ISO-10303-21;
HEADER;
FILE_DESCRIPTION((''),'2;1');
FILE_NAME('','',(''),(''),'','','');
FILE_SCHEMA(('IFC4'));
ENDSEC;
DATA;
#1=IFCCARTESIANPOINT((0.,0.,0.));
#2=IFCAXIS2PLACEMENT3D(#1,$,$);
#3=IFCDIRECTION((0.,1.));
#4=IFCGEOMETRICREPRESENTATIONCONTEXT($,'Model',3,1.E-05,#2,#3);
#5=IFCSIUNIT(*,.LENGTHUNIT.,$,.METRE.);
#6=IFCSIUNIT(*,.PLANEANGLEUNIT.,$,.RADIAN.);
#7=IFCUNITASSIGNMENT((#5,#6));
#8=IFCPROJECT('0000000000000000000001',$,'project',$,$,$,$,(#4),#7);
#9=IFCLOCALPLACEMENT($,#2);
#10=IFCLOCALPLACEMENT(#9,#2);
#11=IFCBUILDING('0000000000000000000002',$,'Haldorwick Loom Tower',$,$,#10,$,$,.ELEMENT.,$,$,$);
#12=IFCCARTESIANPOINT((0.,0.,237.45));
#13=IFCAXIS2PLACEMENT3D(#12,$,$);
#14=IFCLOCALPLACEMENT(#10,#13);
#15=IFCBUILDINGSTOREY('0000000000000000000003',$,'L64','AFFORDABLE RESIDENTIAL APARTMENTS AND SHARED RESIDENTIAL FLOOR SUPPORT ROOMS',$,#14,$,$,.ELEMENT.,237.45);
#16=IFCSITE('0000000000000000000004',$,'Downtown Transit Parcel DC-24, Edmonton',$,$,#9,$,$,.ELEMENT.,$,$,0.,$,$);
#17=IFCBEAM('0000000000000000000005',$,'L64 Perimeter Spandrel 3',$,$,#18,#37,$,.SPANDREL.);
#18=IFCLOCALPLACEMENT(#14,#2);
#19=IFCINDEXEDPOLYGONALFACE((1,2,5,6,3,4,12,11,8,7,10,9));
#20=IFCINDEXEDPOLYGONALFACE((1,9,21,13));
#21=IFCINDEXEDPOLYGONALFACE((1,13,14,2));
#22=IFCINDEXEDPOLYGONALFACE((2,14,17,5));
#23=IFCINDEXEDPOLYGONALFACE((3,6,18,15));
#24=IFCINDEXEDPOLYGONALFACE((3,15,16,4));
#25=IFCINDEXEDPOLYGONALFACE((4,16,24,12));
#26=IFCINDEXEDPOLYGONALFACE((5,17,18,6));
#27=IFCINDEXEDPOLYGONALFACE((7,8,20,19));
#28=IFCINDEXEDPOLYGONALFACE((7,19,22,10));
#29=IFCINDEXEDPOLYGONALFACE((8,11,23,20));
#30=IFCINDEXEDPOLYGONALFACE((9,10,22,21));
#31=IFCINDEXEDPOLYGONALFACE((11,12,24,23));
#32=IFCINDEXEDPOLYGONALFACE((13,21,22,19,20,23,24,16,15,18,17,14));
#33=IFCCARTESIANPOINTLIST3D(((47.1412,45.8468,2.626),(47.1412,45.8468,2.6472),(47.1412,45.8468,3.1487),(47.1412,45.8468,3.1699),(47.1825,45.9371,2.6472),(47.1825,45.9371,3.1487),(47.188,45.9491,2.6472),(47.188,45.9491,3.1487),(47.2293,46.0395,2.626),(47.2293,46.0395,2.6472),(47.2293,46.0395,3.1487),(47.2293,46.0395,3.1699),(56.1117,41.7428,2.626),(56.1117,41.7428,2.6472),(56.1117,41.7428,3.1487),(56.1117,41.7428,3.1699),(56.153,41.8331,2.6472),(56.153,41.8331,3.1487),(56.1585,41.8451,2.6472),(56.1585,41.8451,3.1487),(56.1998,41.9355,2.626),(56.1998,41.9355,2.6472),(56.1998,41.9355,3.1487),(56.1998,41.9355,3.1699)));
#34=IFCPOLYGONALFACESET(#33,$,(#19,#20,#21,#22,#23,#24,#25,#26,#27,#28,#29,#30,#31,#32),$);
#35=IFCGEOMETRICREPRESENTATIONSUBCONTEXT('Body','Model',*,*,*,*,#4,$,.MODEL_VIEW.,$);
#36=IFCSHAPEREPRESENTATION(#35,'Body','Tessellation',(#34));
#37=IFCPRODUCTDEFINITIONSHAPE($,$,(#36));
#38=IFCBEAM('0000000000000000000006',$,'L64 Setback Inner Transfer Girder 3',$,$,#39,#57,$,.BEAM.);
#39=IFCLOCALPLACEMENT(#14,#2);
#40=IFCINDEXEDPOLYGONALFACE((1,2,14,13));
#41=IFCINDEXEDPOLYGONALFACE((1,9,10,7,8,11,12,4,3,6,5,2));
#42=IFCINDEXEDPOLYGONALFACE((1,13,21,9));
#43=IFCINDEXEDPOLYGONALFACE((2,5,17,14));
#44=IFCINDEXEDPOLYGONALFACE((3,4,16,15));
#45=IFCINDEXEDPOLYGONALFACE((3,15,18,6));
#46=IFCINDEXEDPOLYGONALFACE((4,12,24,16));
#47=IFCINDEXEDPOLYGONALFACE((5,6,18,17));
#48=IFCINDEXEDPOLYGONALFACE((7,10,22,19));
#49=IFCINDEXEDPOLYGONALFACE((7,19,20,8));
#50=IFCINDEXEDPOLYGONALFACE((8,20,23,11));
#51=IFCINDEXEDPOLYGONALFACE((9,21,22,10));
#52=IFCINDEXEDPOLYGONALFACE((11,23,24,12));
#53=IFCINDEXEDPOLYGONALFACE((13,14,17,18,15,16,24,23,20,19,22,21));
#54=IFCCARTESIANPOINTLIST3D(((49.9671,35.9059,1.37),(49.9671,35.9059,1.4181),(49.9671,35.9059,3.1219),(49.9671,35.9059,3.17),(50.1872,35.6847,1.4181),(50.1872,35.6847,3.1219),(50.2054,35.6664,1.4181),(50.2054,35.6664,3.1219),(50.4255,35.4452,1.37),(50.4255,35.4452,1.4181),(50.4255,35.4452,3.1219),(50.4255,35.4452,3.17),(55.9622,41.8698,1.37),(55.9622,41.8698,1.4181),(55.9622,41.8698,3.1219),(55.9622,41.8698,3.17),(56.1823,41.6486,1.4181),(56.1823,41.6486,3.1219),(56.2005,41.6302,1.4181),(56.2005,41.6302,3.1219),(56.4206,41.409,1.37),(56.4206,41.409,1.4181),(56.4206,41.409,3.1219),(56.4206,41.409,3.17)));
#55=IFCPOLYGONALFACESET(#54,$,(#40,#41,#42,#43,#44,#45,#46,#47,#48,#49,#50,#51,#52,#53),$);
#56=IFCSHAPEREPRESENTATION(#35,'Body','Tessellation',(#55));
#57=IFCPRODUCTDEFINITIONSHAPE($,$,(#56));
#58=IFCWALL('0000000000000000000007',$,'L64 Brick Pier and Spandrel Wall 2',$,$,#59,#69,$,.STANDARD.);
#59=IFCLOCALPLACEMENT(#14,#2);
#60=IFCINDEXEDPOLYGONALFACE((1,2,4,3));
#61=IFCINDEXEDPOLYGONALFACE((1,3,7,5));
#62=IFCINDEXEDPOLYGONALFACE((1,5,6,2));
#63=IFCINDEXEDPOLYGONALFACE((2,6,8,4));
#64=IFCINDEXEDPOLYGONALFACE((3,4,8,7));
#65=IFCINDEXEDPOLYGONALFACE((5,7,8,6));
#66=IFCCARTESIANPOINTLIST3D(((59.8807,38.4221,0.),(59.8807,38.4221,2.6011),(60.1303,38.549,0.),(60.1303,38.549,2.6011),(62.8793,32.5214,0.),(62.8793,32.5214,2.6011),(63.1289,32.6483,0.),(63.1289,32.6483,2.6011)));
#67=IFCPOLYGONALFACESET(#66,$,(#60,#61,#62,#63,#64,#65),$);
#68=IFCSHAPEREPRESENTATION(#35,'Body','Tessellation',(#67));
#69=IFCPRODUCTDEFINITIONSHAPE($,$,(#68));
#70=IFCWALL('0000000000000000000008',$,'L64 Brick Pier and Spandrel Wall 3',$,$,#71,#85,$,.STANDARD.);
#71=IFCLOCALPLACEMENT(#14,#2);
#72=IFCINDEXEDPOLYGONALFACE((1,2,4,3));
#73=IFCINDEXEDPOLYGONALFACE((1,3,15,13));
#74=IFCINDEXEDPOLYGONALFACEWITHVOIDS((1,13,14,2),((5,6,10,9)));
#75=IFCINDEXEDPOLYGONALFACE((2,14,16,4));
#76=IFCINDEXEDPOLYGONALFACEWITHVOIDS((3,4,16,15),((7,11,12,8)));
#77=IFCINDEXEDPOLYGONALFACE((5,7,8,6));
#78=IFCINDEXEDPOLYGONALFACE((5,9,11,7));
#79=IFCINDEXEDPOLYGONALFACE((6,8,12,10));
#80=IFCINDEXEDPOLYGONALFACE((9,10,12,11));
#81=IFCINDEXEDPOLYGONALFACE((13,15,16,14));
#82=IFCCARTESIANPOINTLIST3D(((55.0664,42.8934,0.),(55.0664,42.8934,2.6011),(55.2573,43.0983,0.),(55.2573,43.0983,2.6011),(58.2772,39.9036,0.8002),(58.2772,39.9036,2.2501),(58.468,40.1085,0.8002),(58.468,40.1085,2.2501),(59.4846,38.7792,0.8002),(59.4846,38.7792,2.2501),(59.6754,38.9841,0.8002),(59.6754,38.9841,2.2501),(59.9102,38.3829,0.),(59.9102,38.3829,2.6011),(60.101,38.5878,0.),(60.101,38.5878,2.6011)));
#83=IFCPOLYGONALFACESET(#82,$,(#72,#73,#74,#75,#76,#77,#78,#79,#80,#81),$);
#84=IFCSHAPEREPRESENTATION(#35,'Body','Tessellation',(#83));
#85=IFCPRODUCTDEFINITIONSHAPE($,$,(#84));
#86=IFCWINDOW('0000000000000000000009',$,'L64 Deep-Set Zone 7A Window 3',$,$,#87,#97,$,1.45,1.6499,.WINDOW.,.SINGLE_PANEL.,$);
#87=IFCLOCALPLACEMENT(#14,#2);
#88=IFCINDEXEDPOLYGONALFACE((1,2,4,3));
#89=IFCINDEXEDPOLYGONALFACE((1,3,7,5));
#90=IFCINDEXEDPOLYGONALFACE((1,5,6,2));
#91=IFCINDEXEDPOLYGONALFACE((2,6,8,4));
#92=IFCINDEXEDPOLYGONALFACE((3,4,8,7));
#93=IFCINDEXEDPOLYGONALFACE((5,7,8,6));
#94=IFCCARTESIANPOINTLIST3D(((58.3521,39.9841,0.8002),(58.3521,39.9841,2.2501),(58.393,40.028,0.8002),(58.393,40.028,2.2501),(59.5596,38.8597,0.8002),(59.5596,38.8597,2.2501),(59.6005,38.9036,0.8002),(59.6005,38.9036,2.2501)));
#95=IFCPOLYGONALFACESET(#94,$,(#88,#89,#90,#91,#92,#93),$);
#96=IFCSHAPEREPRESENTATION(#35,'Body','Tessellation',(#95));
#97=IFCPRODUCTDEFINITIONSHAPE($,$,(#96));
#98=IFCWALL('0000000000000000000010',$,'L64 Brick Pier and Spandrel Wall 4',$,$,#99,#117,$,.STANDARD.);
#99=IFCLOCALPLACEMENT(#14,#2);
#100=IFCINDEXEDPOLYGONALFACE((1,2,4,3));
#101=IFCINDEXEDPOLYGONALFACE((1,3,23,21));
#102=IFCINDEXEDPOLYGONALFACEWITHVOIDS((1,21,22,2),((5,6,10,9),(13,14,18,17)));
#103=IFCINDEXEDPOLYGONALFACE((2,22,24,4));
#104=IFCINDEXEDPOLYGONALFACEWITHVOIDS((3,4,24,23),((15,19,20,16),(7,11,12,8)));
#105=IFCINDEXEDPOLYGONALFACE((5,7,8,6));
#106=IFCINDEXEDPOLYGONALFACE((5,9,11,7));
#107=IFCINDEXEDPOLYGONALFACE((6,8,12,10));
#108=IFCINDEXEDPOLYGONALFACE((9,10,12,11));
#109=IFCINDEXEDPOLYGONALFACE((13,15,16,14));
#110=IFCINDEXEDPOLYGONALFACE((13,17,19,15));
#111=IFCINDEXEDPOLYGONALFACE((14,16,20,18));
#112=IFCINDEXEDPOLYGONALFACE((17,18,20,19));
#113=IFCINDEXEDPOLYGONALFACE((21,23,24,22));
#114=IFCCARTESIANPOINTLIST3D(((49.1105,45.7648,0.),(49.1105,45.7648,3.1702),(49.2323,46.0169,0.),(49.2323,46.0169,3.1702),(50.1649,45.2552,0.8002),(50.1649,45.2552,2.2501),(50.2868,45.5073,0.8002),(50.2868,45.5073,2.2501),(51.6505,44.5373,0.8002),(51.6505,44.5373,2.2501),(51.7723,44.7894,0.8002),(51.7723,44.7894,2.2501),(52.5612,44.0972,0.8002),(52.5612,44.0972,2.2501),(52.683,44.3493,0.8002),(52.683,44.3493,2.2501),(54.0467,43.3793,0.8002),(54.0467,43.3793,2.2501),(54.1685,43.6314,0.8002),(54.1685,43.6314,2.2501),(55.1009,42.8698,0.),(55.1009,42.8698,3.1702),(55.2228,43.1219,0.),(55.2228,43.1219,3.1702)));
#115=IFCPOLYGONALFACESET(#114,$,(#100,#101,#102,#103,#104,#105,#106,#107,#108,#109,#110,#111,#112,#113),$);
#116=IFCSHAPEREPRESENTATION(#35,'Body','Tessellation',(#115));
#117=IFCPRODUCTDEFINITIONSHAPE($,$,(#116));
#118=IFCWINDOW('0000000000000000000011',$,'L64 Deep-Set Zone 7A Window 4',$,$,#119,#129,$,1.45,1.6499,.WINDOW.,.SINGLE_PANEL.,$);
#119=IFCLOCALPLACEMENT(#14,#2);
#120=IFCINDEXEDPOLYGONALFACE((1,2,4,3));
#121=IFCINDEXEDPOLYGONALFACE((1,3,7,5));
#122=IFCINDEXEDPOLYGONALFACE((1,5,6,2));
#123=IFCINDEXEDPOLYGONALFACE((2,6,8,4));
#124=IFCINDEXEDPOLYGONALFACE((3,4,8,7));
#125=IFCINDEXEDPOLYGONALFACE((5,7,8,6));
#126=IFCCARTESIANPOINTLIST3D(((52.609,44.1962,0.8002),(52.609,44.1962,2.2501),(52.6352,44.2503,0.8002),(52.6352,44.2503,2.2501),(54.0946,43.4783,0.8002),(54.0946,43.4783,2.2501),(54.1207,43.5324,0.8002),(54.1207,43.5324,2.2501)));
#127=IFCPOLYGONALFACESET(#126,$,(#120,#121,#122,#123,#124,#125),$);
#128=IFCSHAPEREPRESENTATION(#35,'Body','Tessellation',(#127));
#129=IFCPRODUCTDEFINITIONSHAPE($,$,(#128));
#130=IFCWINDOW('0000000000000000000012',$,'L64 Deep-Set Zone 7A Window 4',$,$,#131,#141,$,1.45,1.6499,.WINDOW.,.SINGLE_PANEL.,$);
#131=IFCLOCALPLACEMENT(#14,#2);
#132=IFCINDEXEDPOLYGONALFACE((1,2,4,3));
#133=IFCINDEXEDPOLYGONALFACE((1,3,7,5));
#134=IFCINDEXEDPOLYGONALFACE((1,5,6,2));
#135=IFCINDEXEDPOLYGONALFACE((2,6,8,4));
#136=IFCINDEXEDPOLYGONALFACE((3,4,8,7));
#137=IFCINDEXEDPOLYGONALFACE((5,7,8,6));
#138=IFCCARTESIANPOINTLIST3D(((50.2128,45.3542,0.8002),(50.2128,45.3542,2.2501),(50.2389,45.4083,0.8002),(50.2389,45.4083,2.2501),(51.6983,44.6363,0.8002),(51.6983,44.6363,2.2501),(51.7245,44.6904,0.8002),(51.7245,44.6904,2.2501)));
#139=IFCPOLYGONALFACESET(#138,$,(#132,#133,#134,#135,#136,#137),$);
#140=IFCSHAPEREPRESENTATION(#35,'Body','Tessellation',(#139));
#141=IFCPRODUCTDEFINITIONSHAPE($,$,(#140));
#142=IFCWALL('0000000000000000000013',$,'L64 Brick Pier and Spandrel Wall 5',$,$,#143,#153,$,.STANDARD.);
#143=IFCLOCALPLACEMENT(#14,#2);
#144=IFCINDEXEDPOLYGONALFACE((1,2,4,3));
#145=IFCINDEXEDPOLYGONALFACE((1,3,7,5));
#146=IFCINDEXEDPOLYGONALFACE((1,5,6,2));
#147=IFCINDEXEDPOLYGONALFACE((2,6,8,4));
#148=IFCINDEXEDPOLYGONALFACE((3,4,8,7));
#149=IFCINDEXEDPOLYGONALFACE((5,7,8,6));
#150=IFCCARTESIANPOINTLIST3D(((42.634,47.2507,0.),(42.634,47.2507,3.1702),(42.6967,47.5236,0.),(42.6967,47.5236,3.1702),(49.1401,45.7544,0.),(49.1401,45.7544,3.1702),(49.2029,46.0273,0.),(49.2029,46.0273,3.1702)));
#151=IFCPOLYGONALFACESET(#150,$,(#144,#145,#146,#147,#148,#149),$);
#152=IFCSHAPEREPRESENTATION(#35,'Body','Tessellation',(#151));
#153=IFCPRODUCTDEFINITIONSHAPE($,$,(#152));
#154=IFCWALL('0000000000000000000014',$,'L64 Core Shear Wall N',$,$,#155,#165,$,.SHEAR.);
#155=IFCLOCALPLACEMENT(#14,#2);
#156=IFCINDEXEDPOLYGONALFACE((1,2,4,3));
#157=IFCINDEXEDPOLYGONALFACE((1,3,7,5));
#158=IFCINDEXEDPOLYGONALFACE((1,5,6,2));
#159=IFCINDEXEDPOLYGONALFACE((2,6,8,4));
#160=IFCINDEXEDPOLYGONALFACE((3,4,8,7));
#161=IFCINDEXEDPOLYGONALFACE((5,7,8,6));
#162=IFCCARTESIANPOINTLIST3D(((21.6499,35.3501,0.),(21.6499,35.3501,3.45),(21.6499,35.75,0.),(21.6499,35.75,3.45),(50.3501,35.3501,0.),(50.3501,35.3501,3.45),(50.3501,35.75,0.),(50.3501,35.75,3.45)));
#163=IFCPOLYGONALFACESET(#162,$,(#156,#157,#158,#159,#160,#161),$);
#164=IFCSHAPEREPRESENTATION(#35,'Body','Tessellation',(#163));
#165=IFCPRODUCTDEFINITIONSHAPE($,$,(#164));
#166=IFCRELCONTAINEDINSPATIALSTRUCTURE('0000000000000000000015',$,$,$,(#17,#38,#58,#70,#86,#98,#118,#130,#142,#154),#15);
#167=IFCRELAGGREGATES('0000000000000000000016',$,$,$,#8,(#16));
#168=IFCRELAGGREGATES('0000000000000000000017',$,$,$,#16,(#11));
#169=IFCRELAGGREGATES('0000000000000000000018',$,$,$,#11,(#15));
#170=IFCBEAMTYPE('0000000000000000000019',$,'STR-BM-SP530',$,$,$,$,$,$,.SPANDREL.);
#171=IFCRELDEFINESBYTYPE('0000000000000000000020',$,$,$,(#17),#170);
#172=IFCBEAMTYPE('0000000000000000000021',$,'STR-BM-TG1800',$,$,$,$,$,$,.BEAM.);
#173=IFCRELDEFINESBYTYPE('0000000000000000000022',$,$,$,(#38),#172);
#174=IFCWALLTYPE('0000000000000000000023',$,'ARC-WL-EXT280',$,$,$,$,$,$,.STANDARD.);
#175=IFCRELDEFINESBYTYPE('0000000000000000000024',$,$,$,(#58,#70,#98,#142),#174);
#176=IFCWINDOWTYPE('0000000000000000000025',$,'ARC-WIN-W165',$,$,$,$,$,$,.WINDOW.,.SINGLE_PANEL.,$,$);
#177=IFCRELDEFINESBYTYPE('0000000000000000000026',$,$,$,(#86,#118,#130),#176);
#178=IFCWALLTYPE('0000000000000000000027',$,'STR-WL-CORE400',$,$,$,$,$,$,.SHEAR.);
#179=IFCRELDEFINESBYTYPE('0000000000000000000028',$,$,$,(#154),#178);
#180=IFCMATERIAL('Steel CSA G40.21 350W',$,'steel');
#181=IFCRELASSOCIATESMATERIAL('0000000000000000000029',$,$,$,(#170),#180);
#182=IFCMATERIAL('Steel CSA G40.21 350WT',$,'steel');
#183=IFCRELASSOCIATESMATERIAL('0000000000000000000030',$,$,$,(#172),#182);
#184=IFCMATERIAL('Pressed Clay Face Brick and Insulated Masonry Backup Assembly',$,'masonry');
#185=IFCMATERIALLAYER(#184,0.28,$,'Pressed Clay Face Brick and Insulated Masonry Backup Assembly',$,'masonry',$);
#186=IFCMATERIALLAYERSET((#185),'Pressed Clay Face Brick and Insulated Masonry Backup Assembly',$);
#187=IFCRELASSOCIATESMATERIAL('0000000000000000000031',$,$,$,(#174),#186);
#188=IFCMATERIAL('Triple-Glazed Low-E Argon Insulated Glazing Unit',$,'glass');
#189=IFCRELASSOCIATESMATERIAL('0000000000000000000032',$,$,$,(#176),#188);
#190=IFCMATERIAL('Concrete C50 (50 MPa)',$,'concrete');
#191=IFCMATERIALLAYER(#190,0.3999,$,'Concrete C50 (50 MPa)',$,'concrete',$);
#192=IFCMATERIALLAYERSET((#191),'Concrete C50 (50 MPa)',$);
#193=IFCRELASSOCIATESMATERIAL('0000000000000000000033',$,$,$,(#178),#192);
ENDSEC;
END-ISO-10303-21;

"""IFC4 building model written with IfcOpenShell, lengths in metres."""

from ifc_helpers import new_model, si_unit, direction, frame, frame_2d, origin, origin_2d, place, context, subcontext, project, spatial, rectangle, i_section, extrude, material, layer, layer_set, material_profile, profile_set, type_object, element, fill, save


model = new_model("IFC4")

# Units and contexts
model_context = context("Model", 3, precision=1e-05, world=origin(), true_north=direction((0.0, 1.0)))
body_context = subcontext(model_context, "Body", "Model", "MODEL_VIEW")
ifc_project = project(units=[si_unit("LENGTHUNIT", "METRE"), si_unit("PLANEANGLEUNIT", "RADIAN")], contexts=[model_context])

# Site, building, storey
site_placement = place(None, origin())
site = spatial("IfcSite", under=ifc_project, at=site_placement, Name="Downtown Transit Parcel DC-24, Edmonton", CompositionType="ELEMENT", RefElevation=0.0)
building_placement = place(site_placement, origin())
building = spatial("IfcBuilding", under=site, at=building_placement, Name="Haldorwick Loom Tower", CompositionType="ELEMENT")
storey_placement = place(building_placement, frame((0.0, 0.0, 237.45)))
storey = spatial("IfcBuildingStorey", under=building, at=storey_placement, Name="L64", Description="AFFORDABLE RESIDENTIAL APARTMENTS AND SHARED RESIDENTIAL FLOOR SUPPORT ROOMS", CompositionType="ELEMENT", Elevation=237.45)

# Shared definitions
ifc_material_1 = material(Name="Steel CSA G40.21 350W", Category="steel")

# Beams
ifc_material_profile_1 = material_profile(ifc_material_1, i_section(OverallWidth=0.2119, OverallDepth=0.5439, WebThickness=0.0132, FlangeThickness=0.0212, at=origin_2d()), Name="W530X123", Category="steel")
ifc_profile_set_1 = profile_set([ifc_material_profile_1], Name="Steel CSA G40.21 350W")
beam_type_1 = type_object("IfcBeamType", Name="STR-BM-SP530", PredefinedType="SPANDREL", material=ifc_profile_set_1)
beam_1_placement = place(storey_placement, frame((56.1558, 41.8391, 2.8979), z_axis=(-0.909351, 0.41603, 0.0), x_axis=(-0.41603, -0.909351, 0.0)))
element("IfcBeam", 1, at=beam_1_placement, inside=storey, type_object=beam_type_1, Name="L64 Perimeter Spandrel 3", PredefinedType="SPANDREL", context=body_context, shape_type="SweptSolid", body=[
    extrude(i_section(OverallWidth=0.2119, OverallDepth=0.5439, WebThickness=0.0132, FlangeThickness=0.0212, at=origin_2d()), origin(), (0.0, 0.0, 1.0), 9.8647),
])
ifc_material_2 = material(Name="Steel CSA G40.21 350WT", Category="steel")
ifc_material_profile_2 = material_profile(ifc_material_2, i_section(OverallWidth=0.6499, OverallDepth=1.8, WebThickness=0.0259, FlangeThickness=0.0481, at=origin_2d()), Name="WWF1800X650", Category="steel")
ifc_profile_set_2 = profile_set([ifc_material_profile_2], Name="Steel CSA G40.21 350WT")
beam_type_2 = type_object("IfcBeamType", Name="STR-BM-TG1800", PredefinedType="BEAM", material=ifc_profile_set_2)
beam_2_placement = place(storey_placement, frame((50.1963, 35.6755, 2.27), z_axis=(0.708952, 0.705257, 0.0), x_axis=(-0.705257, 0.708952, 0.0)))
element("IfcBeam", 2, at=beam_2_placement, inside=storey, type_object=beam_type_2, Name="L64 Setback Inner Transfer Girder 3", PredefinedType="BEAM", context=body_context, shape_type="SweptSolid", body=[
    extrude(i_section(OverallWidth=0.6499, OverallDepth=1.8, WebThickness=0.0259, FlangeThickness=0.0481, at=origin_2d()), origin(), (0.0, 0.0, 1.0), 8.4563),
])

# Wall
ifc_material_3 = material(Name="Pressed Clay Face Brick and Insulated Masonry Backup Assembly", Category="masonry")
ifc_layer_1 = layer(ifc_material_3, 0.28, Name="Pressed Clay Face Brick and Insulated Masonry Backup Assembly", Category="masonry")
ifc_layer_set_1 = layer_set([ifc_layer_1], Name="Pressed Clay Face Brick and Insulated Masonry Backup Assembly")
wall_type_1 = type_object("IfcWallType", Name="ARC-WL-EXT280", PredefinedType="STANDARD", material=ifc_layer_set_1)
wall_1_placement = place(storey_placement, frame((63.0042, 32.5847, 0.0), z_axis=(0.0, 0.0, 1.0), x_axis=(-0.453032, 0.891494, 0.0)))
element("IfcWall", 3, at=wall_1_placement, inside=storey, type_object=wall_type_1, Name="L64 Brick Pier and Spandrel Wall 2", PredefinedType="STANDARD", context=body_context, shape_type="SweptSolid", body=[
    extrude(rectangle(XDim=6.6189, YDim=0.28, at=frame_2d((3.3096, 0.0))), origin(), (0.0, 0.0, 1.0), 2.6011),
])

# Wall, opening, window
wall_2_placement = place(storey_placement, frame((60.0056, 38.4854, 0.0), z_axis=(0.0, 0.0, 1.0), x_axis=(-0.731834, 0.681483, 0.0)))
wall_2 = element("IfcWall", 4, at=wall_2_placement, inside=storey, type_object=wall_type_1, Name="L64 Brick Pier and Spandrel Wall 3", PredefinedType="STANDARD", context=body_context, shape_type="SweptSolid", body=[
    extrude(rectangle(XDim=6.6187, YDim=0.28, at=frame_2d((3.3093, 0.0))), origin(), (0.0, 0.0, 1.0), 2.6011),
])
opening_1_placement = place(wall_2_placement, frame((0.5815, 0.0, 0.8)))
opening_1 = element("IfcOpeningElement", 5, at=opening_1_placement, cuts=wall_2, PredefinedType="OPENING", context=body_context, shape_type="SweptSolid", body=[
    extrude(rectangle(XDim=1.6499, YDim=1.45, at=frame_2d((0.825, 0.7251))), frame((0.0, 0.1499, 0.0), z_axis=(0.0, -1.0, 0.0), x_axis=(1.0, 0.0, 0.0)), (0.0, 0.0, 1.0), 0.3),
])
ifc_material_4 = material(Name="Triple-Glazed Low-E Argon Insulated Glazing Unit", Category="glass")
window_type = type_object("IfcWindowType", Name="ARC-WIN-W165", PartitioningType="SINGLE_PANEL", PredefinedType="WINDOW", material=ifc_material_4)
window_1_placement = place(opening_1_placement, origin())
window_1 = element("IfcWindow", 6, at=window_1_placement, inside=storey, type_object=window_type, Name="L64 Deep-Set Zone 7A Window 3", OverallHeight=1.45, OverallWidth=1.6499, PartitioningType="SINGLE_PANEL", PredefinedType="WINDOW", context=body_context, shape_type="SweptSolid", body=[
    extrude(rectangle(XDim=1.6499, YDim=1.45, at=frame_2d((0.825, 0.7251))), frame((0.0, 0.03, 0.0), z_axis=(0.0, -1.0, 0.0), x_axis=(1.0, 0.0, 0.0)), (0.0, 0.0, 1.0), 0.0601),
])
fill(opening_1, window_1)

# Wall, openings, windows
wall_3_placement = place(storey_placement, frame((55.1619, 42.9958, 0.0), z_axis=(0.0, 0.0, 1.0), x_axis=(-0.900371, 0.435123, 0.0)))
wall_3 = element("IfcWall", 7, at=wall_3_placement, inside=storey, type_object=wall_type_1, Name="L64 Brick Pier and Spandrel Wall 4", PredefinedType="STANDARD", context=body_context, shape_type="SweptSolid", body=[
    extrude(rectangle(XDim=6.6533, YDim=0.28, at=frame_2d((3.3267, 0.0))), origin(), (0.0, 0.0, 1.0), 3.1702),
])
opening_2_placement = place(wall_3_placement, frame((1.1709, 0.0, 0.8)))
opening_2 = element("IfcOpeningElement", 8, at=opening_2_placement, cuts=wall_3, PredefinedType="OPENING", context=body_context, shape_type="SweptSolid", body=[
    extrude(rectangle(XDim=1.6499, YDim=1.45, at=frame_2d((0.825, 0.7251))), frame((0.0, 0.1499, 0.0), z_axis=(0.0, -1.0, 0.0), x_axis=(1.0, 0.0, 0.0)), (0.0, 0.0, 1.0), 0.3),
])
opening_3_placement = place(wall_3_placement, frame((3.8323, 0.0, 0.8)))
opening_3 = element("IfcOpeningElement", 9, at=opening_3_placement, cuts=wall_3, PredefinedType="OPENING", context=body_context, shape_type="SweptSolid", body=[
    extrude(rectangle(XDim=1.6499, YDim=1.45, at=frame_2d((0.825, 0.7251))), frame((0.0, 0.1499, 0.0), z_axis=(0.0, -1.0, 0.0), x_axis=(1.0, 0.0, 0.0)), (0.0, 0.0, 1.0), 0.3),
])
window_2_placement = place(opening_2_placement, origin())
window_2 = element("IfcWindow", 10, at=window_2_placement, inside=storey, type_object=window_type, Name="L64 Deep-Set Zone 7A Window 4", OverallHeight=1.45, OverallWidth=1.6499, PartitioningType="SINGLE_PANEL", PredefinedType="WINDOW", context=body_context, shape_type="SweptSolid", body=[
    extrude(rectangle(XDim=1.6499, YDim=1.45, at=frame_2d((0.825, 0.7251))), frame((0.0, 0.03, 0.0), z_axis=(0.0, -1.0, 0.0), x_axis=(1.0, 0.0, 0.0)), (0.0, 0.0, 1.0), 0.0601),
])
fill(opening_2, window_2)
window_3_placement = place(opening_3_placement, origin())
window_3 = element("IfcWindow", 11, at=window_3_placement, inside=storey, type_object=window_type, Name="L64 Deep-Set Zone 7A Window 4", OverallHeight=1.45, OverallWidth=1.6499, PartitioningType="SINGLE_PANEL", PredefinedType="WINDOW", context=body_context, shape_type="SweptSolid", body=[
    extrude(rectangle(XDim=1.6499, YDim=1.45, at=frame_2d((0.825, 0.7251))), frame((0.0, 0.03, 0.0), z_axis=(0.0, -1.0, 0.0), x_axis=(1.0, 0.0, 0.0)), (0.0, 0.0, 1.0), 0.0601),
])
fill(opening_3, window_3)

# Walls
wall_4_placement = place(storey_placement, frame((49.1714, 45.8909, 0.0), z_axis=(0.0, 0.0, 1.0), x_axis=(-0.974557, 0.224138, 0.0)))
element("IfcWall", 12, at=wall_4_placement, inside=storey, type_object=wall_type_1, Name="L64 Brick Pier and Spandrel Wall 5", PredefinedType="STANDARD", context=body_context, shape_type="SweptSolid", body=[
    extrude(rectangle(XDim=6.676, YDim=0.28, at=frame_2d((3.3379, 0.0))), origin(), (0.0, 0.0, 1.0), 3.1702),
])
ifc_material_5 = material(Name="Concrete C50 (50 MPa)", Category="concrete")
ifc_layer_2 = layer(ifc_material_5, 0.3999, Name="Concrete C50 (50 MPa)", Category="concrete")
ifc_layer_set_2 = layer_set([ifc_layer_2], Name="Concrete C50 (50 MPa)")
wall_type_2 = type_object("IfcWallType", Name="STR-WL-CORE400", PredefinedType="SHEAR", material=ifc_layer_set_2)
wall_5_placement = place(storey_placement, frame((50.3501, 35.55, 0.0), z_axis=(0.0, 0.0, 1.0), x_axis=(-1.0, 0.0, 0.0)))
element("IfcWall", 13, at=wall_5_placement, inside=storey, type_object=wall_type_2, Name="L64 Core Shear Wall N", PredefinedType="SHEAR", context=body_context, shape_type="SweptSolid", body=[
    extrude(rectangle(XDim=28.7002, YDim=0.3999, at=frame_2d((14.3501, 0.0))), origin(), (0.0, 0.0, 1.0), 3.45),
])

save(model, "model.ifc")
